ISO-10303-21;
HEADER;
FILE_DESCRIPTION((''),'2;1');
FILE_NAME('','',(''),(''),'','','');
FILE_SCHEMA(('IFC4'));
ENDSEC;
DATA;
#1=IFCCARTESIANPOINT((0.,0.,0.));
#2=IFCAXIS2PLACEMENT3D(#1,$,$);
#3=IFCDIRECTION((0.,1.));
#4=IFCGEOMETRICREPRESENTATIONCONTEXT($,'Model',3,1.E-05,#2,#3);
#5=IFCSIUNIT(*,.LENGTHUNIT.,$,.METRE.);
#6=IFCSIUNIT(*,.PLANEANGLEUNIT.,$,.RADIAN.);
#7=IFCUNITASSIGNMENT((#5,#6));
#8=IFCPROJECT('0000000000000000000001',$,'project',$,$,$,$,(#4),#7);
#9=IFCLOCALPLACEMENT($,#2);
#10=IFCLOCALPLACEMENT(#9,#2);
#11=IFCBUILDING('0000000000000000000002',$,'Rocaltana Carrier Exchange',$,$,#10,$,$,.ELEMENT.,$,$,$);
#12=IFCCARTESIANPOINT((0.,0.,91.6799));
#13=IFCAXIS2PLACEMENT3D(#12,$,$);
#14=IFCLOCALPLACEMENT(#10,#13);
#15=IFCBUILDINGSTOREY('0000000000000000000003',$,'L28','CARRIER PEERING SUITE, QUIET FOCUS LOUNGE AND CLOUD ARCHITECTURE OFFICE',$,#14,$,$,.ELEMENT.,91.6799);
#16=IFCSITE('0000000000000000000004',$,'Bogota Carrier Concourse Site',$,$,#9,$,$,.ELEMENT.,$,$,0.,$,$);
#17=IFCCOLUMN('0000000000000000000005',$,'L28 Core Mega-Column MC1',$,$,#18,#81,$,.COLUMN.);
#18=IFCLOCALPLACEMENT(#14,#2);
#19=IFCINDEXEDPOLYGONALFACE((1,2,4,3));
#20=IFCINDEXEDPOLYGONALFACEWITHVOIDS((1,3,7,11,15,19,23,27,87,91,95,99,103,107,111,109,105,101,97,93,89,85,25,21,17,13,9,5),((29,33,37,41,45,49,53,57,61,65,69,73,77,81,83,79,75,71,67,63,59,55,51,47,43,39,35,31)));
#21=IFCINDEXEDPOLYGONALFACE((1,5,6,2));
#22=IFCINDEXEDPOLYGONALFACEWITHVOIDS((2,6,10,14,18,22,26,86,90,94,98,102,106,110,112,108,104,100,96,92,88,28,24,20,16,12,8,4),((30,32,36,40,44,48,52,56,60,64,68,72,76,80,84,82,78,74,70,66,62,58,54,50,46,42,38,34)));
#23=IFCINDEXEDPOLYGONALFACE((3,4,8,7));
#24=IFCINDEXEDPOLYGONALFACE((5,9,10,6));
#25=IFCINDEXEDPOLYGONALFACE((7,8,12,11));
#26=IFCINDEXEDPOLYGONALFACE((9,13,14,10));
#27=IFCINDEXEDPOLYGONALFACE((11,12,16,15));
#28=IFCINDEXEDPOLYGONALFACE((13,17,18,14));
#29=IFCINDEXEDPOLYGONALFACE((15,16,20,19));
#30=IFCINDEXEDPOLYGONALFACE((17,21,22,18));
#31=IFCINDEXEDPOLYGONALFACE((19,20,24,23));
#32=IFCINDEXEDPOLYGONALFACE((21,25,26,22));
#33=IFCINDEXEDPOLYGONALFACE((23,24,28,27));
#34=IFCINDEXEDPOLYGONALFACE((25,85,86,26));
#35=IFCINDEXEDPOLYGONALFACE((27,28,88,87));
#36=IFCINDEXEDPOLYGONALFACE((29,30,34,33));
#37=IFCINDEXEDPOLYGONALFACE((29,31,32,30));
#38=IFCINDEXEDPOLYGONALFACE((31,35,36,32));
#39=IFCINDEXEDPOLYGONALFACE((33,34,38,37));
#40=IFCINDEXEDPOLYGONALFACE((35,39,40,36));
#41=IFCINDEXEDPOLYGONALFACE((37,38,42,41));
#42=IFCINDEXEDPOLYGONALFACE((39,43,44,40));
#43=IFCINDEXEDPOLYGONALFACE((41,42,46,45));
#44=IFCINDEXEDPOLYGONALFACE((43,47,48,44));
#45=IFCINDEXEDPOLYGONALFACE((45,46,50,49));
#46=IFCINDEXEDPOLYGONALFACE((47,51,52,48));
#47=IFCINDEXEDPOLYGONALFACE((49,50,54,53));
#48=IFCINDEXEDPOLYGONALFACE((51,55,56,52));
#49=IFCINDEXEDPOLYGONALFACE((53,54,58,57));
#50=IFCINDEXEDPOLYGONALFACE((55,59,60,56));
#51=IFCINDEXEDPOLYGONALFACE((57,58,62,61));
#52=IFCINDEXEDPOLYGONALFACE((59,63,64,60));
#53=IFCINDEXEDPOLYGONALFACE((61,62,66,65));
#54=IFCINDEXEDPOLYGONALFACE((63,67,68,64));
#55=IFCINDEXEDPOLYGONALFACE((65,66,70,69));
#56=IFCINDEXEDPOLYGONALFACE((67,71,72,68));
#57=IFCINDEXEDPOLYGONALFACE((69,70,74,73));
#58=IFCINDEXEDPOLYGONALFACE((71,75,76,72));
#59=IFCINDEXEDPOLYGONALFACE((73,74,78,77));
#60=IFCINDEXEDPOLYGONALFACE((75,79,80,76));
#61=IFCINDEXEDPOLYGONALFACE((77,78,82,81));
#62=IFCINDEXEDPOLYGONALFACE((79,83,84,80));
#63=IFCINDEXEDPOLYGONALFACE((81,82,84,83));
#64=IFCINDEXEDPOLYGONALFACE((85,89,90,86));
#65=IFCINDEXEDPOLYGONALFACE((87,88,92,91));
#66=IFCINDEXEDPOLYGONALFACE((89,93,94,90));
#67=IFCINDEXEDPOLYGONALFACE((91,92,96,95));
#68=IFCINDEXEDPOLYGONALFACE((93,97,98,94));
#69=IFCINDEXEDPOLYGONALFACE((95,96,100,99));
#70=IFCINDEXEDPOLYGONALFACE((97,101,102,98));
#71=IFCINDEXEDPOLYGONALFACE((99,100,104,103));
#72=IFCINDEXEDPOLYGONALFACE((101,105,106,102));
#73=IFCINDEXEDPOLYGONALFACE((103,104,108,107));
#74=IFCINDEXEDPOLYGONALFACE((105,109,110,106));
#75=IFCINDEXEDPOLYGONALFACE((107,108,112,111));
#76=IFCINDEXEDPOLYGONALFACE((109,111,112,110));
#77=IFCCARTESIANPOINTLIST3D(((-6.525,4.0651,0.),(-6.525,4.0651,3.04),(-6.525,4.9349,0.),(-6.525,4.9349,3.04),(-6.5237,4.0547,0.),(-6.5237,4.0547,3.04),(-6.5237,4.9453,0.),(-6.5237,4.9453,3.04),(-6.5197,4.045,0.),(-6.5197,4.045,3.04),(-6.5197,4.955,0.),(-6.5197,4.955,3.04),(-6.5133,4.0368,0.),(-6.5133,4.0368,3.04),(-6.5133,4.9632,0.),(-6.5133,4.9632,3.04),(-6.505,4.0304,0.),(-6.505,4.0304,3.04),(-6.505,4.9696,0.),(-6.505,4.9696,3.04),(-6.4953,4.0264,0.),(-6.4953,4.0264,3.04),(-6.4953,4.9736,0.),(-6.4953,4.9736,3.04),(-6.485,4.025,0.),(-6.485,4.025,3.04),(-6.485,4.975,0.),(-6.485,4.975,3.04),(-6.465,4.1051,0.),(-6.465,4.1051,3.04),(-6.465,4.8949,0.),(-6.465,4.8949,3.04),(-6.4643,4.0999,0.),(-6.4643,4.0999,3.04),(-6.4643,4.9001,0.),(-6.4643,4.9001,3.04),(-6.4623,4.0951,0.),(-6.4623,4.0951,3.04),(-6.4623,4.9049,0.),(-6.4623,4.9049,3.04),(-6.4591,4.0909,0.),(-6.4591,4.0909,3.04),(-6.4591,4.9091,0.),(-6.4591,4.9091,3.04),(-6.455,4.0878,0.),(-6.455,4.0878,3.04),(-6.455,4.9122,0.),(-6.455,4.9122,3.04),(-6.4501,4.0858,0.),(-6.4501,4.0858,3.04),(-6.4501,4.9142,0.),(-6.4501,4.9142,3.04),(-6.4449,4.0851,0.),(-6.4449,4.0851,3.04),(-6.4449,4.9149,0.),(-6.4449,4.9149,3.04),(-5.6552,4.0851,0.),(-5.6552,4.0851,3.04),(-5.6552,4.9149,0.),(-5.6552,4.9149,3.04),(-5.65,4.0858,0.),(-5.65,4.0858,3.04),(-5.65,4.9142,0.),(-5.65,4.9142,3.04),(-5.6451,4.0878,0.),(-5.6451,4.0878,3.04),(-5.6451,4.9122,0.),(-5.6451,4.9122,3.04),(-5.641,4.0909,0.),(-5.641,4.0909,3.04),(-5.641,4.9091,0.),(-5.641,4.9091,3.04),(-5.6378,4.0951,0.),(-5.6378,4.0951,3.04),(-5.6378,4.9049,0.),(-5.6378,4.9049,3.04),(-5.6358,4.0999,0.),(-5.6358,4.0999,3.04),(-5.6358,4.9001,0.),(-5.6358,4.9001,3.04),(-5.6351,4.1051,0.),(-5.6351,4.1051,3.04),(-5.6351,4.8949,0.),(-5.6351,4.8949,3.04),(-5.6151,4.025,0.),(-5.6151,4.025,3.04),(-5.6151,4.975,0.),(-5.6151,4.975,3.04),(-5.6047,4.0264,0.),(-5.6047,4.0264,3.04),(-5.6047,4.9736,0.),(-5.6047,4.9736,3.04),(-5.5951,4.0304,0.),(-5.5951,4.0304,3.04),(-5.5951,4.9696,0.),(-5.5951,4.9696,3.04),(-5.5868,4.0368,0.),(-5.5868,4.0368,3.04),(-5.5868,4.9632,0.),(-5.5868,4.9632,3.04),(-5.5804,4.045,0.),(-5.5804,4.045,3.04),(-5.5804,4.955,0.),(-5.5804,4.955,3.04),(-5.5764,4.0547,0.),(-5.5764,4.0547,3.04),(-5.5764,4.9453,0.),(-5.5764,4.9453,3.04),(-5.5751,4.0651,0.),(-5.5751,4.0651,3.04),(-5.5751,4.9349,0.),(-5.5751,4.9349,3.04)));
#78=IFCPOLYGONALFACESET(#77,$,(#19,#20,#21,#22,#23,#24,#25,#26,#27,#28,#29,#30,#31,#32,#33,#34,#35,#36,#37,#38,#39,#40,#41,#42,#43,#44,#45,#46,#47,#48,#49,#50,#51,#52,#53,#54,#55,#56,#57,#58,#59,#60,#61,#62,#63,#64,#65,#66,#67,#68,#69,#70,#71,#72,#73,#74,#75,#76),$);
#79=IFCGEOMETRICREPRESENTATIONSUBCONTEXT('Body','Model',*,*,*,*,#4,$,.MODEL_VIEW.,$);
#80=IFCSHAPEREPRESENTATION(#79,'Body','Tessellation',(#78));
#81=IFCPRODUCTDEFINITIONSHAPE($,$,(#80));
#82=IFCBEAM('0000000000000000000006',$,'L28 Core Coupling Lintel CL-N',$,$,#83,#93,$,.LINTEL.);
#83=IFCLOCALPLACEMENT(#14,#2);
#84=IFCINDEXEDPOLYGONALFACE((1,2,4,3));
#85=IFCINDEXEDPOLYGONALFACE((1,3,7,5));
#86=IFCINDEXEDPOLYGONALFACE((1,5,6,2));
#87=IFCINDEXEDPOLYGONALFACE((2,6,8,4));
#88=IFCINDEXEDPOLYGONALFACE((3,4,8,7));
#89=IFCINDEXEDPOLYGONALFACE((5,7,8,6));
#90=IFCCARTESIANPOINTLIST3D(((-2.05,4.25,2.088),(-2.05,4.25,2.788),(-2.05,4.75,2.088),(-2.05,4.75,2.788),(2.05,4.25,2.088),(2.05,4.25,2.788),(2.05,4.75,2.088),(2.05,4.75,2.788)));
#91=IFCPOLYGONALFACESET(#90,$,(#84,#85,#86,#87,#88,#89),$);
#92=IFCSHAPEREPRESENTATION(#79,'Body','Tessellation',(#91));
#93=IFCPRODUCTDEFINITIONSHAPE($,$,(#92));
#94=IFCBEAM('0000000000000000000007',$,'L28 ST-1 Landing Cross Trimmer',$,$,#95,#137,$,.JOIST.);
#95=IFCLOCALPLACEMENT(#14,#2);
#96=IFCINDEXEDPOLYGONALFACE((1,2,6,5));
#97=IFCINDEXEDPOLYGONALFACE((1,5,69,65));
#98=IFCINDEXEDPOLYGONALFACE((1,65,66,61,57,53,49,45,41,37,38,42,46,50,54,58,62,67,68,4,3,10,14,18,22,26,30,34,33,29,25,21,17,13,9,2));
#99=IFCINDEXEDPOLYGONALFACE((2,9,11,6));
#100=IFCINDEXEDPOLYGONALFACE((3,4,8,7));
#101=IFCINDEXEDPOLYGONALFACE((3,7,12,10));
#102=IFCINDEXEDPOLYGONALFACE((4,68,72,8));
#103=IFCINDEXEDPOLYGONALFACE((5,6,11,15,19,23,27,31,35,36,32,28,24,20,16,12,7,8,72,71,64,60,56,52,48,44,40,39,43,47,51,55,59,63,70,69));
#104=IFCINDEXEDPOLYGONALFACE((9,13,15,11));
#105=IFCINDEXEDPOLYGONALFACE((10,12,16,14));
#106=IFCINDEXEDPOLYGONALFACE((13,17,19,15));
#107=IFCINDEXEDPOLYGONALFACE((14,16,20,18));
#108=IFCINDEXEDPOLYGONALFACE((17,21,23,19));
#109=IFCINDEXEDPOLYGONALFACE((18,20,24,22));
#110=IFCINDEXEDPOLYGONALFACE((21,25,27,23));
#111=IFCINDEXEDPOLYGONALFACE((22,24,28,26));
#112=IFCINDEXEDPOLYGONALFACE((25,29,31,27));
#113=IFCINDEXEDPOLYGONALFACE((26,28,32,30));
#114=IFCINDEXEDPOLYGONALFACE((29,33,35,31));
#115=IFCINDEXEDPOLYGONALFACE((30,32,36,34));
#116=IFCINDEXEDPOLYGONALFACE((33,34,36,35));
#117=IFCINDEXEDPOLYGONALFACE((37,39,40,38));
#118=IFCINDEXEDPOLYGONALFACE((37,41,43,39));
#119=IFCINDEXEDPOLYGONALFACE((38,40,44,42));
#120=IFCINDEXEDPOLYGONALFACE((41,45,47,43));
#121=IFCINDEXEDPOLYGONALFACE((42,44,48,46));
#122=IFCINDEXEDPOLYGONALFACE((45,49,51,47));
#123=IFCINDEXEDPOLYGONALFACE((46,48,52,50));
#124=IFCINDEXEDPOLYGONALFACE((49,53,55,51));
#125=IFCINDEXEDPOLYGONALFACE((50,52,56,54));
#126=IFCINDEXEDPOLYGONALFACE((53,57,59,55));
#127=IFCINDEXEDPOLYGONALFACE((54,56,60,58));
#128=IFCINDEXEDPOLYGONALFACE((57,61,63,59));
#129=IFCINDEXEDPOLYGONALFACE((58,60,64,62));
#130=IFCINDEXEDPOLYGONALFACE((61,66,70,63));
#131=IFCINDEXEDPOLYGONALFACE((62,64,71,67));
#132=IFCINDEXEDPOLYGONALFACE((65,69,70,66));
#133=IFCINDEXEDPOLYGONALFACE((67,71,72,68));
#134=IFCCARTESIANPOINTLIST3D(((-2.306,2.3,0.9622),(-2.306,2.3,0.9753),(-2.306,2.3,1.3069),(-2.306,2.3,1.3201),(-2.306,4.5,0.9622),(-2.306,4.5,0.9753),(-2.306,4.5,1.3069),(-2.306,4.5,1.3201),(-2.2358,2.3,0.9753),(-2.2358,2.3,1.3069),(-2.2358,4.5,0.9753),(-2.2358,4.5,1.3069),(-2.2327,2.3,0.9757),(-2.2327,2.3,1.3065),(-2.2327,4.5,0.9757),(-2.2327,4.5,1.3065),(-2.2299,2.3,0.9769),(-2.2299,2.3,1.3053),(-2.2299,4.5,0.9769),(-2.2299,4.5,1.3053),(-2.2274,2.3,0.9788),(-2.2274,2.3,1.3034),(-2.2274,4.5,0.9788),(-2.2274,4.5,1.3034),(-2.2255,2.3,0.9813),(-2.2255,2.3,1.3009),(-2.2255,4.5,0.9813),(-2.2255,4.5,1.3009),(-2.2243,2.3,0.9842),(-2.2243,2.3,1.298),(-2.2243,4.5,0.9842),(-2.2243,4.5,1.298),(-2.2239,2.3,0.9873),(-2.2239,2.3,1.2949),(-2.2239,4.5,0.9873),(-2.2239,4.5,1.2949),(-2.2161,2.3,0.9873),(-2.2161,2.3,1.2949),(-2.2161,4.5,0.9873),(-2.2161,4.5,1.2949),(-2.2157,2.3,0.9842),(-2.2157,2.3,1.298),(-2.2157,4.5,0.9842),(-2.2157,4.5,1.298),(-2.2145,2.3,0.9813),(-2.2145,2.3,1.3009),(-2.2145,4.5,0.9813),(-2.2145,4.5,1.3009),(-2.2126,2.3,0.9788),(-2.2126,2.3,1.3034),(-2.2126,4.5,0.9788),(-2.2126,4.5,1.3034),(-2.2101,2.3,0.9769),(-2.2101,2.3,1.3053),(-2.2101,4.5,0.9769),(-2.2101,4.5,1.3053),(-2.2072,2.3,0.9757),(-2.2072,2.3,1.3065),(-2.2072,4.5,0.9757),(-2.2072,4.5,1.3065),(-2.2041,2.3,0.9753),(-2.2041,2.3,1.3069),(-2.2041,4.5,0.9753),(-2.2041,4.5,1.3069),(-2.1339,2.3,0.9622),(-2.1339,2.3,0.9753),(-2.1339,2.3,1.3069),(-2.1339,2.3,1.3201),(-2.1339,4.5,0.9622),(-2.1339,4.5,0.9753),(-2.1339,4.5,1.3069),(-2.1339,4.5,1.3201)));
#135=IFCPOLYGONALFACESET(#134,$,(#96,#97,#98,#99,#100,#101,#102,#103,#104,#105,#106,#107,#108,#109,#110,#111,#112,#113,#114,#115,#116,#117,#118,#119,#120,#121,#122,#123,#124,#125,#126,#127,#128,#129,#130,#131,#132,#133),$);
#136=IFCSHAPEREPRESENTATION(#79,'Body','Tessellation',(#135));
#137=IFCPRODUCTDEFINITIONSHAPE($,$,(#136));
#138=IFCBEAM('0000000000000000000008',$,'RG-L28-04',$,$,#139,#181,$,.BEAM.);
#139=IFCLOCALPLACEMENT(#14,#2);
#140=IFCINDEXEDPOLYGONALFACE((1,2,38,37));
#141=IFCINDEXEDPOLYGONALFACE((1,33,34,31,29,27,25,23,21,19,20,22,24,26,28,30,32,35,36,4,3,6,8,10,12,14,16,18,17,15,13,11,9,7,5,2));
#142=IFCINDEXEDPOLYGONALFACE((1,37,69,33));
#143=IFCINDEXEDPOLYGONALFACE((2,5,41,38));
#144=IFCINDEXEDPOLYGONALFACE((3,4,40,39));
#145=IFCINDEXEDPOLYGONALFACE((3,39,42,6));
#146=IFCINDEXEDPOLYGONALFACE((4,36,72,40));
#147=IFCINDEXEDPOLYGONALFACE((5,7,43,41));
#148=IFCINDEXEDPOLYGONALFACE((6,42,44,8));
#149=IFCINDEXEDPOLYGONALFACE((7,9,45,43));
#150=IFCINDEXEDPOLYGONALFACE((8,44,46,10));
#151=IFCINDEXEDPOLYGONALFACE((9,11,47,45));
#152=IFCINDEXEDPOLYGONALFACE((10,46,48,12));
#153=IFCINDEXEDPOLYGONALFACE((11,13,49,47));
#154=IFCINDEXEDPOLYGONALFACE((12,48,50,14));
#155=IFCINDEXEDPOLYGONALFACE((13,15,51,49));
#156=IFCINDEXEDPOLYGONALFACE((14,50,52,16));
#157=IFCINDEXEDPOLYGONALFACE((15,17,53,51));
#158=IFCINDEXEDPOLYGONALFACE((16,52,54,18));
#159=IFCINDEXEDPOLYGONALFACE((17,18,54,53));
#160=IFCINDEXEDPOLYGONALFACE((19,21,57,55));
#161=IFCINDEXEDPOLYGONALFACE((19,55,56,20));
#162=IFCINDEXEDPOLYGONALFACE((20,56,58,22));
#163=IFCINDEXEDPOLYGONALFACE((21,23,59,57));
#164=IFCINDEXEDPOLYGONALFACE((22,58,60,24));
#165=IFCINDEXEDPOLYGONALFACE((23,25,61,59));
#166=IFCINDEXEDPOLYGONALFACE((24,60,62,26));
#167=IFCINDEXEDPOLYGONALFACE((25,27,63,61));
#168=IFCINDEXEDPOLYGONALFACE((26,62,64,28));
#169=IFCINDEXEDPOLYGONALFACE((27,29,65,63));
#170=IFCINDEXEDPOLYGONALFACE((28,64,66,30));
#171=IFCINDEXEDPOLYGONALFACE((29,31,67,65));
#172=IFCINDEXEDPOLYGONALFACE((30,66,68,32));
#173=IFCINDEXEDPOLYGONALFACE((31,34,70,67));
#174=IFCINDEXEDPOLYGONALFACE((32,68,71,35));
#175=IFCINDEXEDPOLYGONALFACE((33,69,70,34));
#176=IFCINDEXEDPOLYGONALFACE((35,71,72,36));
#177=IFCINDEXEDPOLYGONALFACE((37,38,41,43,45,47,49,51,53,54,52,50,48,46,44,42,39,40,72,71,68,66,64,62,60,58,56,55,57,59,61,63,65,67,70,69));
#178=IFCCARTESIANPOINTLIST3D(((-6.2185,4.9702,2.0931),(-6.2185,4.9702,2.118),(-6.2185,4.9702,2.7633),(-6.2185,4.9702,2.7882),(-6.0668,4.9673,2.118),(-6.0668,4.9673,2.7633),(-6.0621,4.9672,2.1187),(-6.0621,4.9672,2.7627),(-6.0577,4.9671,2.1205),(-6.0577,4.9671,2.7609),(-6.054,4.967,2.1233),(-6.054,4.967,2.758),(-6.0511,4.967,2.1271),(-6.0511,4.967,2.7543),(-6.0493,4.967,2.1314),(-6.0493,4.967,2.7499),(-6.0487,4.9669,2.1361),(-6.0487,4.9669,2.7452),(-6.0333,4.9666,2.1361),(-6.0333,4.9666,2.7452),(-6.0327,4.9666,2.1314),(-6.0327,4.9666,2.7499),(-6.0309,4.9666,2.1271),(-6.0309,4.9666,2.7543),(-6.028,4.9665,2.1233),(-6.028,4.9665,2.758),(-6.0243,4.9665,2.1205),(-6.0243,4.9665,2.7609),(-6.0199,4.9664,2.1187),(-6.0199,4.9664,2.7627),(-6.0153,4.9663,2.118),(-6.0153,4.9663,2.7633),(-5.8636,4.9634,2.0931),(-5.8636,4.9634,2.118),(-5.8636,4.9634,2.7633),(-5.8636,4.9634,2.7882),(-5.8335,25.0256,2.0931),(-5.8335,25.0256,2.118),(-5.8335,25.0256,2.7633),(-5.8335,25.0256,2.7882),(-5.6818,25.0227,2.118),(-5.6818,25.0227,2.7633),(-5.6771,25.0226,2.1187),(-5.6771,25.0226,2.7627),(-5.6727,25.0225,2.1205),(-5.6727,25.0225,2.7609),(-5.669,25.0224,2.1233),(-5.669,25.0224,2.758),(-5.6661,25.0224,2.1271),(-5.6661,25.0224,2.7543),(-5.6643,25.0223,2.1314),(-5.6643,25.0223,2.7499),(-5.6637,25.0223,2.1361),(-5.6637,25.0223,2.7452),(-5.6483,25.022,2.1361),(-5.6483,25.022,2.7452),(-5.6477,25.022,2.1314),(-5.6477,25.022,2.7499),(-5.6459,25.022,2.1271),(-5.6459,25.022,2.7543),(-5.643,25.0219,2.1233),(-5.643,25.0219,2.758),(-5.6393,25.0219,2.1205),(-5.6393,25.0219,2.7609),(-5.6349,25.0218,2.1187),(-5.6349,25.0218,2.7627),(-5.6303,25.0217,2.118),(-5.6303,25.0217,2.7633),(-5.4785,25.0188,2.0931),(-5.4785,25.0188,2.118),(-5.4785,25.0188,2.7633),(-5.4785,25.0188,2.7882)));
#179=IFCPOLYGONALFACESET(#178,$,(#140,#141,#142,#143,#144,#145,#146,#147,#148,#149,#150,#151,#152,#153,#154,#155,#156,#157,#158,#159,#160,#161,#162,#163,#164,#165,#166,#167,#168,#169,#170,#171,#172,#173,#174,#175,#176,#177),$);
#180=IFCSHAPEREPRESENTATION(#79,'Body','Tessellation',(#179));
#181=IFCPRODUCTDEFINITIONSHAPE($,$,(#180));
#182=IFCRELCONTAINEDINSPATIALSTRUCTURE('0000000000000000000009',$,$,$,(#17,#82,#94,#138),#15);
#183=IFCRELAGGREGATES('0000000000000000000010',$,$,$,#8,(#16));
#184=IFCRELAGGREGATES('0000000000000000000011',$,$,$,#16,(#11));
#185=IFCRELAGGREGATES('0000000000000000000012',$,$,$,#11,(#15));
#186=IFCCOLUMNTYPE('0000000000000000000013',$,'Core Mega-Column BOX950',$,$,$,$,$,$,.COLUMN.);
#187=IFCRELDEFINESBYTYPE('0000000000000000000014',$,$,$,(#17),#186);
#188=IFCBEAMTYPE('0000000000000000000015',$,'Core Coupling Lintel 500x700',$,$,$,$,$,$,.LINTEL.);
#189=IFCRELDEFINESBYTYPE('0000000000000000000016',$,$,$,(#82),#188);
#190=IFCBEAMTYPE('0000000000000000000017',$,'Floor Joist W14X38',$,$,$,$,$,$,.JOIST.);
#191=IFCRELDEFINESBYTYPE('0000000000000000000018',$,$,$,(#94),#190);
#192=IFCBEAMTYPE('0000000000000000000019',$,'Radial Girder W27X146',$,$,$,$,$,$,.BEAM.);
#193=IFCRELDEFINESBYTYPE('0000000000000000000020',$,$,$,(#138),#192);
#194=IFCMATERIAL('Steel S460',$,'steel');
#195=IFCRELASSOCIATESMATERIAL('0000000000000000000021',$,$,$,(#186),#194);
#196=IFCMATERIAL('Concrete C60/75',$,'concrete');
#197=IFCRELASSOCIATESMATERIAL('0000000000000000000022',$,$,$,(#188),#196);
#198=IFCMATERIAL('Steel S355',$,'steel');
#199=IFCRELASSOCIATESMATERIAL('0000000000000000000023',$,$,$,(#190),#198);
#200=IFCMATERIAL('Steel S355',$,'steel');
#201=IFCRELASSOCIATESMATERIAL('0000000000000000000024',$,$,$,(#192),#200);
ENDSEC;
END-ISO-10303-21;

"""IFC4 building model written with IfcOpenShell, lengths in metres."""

from ifc_helpers import new_model, si_unit, direction, frame, origin, origin_2d, place, context, subcontext, project, spatial, rectangle, hollow_rectangle, i_section, extrude, material, material_profile, profile_set, type_object, element, save


model = new_model("IFC4")

# Units and contexts
model_context = context("Model", 3, precision=1e-05, world=origin(), true_north=direction((0.0, 1.0)))
body_context = subcontext(model_context, "Body", "Model", "MODEL_VIEW")
ifc_project = project(units=[si_unit("LENGTHUNIT", "METRE"), si_unit("PLANEANGLEUNIT", "RADIAN")], contexts=[model_context])

# Site, building, storey
site_placement = place(None, origin())
site = spatial("IfcSite", under=ifc_project, at=site_placement, Name="Bogota Carrier Concourse Site", CompositionType="ELEMENT", RefElevation=0.0)
building_placement = place(site_placement, origin())
building = spatial("IfcBuilding", under=site, at=building_placement, Name="Rocaltana Carrier Exchange", CompositionType="ELEMENT")
storey_placement = place(building_placement, frame((0.0, 0.0, 91.6799)))
storey = spatial("IfcBuildingStorey", under=building, at=storey_placement, Name="L28", Description="CARRIER PEERING SUITE, QUIET FOCUS LOUNGE AND CLOUD ARCHITECTURE OFFICE", CompositionType="ELEMENT", Elevation=91.6799)

# Column
ifc_material_1 = material(Name="Steel S460", Category="steel")
ifc_material_profile_1 = material_profile(ifc_material_1, hollow_rectangle(XDim=0.95, YDim=0.95, WallThickness=0.0601, InnerFilletRadius=0.02, OuterFilletRadius=0.04, at=origin_2d()), Name="BOX950X950X60")
ifc_profile_set_1 = profile_set([ifc_material_profile_1], Name="Steel S460")
column_type = type_object("IfcColumnType", Name="Core Mega-Column BOX950", PredefinedType="COLUMN", material=ifc_profile_set_1)
column_placement = place(storey_placement, frame((-6.05, 4.5, 0.0), z_axis=(0.0, 0.0, 1.0), x_axis=(1.0, 0.0, 0.0)))
element("IfcColumn", 1, at=column_placement, inside=storey, type_object=column_type, Name="L28 Core Mega-Column MC1", PredefinedType="COLUMN", context=body_context, shape_type="SweptSolid", body=[
    extrude(hollow_rectangle(XDim=0.95, YDim=0.95, WallThickness=0.0601, InnerFilletRadius=0.02, OuterFilletRadius=0.04, at=origin_2d()), origin(), (0.0, 0.0, 1.0), 3.04),
])

# Beams
ifc_material_2 = material(Name="Concrete C60/75", Category="concrete")
ifc_material_profile_2 = material_profile(ifc_material_2, rectangle(XDim=0.5, YDim=0.7, at=origin_2d()), Name="RC-BM-500X700")
ifc_profile_set_2 = profile_set([ifc_material_profile_2], Name="Concrete C60/75")
beam_type_1 = type_object("IfcBeamType", Name="Core Coupling Lintel 500x700", PredefinedType="LINTEL", material=ifc_profile_set_2)
beam_1_placement = place(storey_placement, frame((-2.05, 4.5, 2.438), z_axis=(1.0, 0.0, 0.0), x_axis=(0.0, 1.0, 0.0)))
element("IfcBeam", 2, at=beam_1_placement, inside=storey, type_object=beam_type_1, Name="L28 Core Coupling Lintel CL-N", PredefinedType="LINTEL", context=body_context, shape_type="SweptSolid", body=[
    extrude(rectangle(XDim=0.5, YDim=0.7, at=origin_2d()), origin(), (0.0, 0.0, 1.0), 4.1001),
])
ifc_material_3 = material(Name="Steel S355", Category="steel")
ifc_material_profile_3 = material_profile(ifc_material_3, i_section(OverallWidth=0.1721, OverallDepth=0.3579, WebThickness=0.0078, FlangeThickness=0.0132, FilletRadius=0.012, at=origin_2d()), Name="W14X38")
ifc_profile_set_3 = profile_set([ifc_material_profile_3], Name="Steel S355")
beam_type_2 = type_object("IfcBeamType", Name="Floor Joist W14X38", PredefinedType="JOIST", material=ifc_profile_set_3)
beam_2_placement = place(storey_placement, frame((-2.22, 2.3, 1.1411), z_axis=(0.0, 1.0, 0.0), x_axis=(-1.0, 0.0, 0.0)))
element("IfcBeam", 3, at=beam_2_placement, inside=storey, type_object=beam_type_2, Name="L28 ST-1 Landing Cross Trimmer", PredefinedType="JOIST", context=body_context, shape_type="SweptSolid", body=[
    extrude(i_section(OverallWidth=0.1721, OverallDepth=0.3579, WebThickness=0.0078, FlangeThickness=0.0132, FilletRadius=0.012, at=origin_2d()), origin(), (0.0, 0.0, 1.0), 2.2),
])
ifc_material_4 = material(Name="Steel S355", Category="steel")
ifc_material_profile_4 = material_profile(ifc_material_4, i_section(OverallWidth=0.355, OverallDepth=0.6951, WebThickness=0.0154, FlangeThickness=0.0249, FilletRadius=0.0181, at=origin_2d()), Name="W27X146")
ifc_profile_set_4 = profile_set([ifc_material_profile_4], Name="Steel S355")
beam_type_3 = type_object("IfcBeamType", Name="Radial Girder W27X146", PredefinedType="BEAM", material=ifc_profile_set_4)
beam_3_placement = place(storey_placement, frame((-6.041, 4.9668, 2.4407), z_axis=(0.019194, 0.999816, 0.0), x_axis=(-0.999816, 0.019194, 0.0)))
element("IfcBeam", 4, at=beam_3_placement, inside=storey, type_object=beam_type_3, Name="RG-L28-04", PredefinedType="BEAM", context=body_context, shape_type="SweptSolid", body=[
    extrude(i_section(OverallWidth=0.355, OverallDepth=0.6951, WebThickness=0.0154, FlangeThickness=0.0249, FilletRadius=0.0181, at=origin_2d()), origin(), (0.0, 0.0, 1.0), 20.0591),
])

save(model, "model.ifc")
